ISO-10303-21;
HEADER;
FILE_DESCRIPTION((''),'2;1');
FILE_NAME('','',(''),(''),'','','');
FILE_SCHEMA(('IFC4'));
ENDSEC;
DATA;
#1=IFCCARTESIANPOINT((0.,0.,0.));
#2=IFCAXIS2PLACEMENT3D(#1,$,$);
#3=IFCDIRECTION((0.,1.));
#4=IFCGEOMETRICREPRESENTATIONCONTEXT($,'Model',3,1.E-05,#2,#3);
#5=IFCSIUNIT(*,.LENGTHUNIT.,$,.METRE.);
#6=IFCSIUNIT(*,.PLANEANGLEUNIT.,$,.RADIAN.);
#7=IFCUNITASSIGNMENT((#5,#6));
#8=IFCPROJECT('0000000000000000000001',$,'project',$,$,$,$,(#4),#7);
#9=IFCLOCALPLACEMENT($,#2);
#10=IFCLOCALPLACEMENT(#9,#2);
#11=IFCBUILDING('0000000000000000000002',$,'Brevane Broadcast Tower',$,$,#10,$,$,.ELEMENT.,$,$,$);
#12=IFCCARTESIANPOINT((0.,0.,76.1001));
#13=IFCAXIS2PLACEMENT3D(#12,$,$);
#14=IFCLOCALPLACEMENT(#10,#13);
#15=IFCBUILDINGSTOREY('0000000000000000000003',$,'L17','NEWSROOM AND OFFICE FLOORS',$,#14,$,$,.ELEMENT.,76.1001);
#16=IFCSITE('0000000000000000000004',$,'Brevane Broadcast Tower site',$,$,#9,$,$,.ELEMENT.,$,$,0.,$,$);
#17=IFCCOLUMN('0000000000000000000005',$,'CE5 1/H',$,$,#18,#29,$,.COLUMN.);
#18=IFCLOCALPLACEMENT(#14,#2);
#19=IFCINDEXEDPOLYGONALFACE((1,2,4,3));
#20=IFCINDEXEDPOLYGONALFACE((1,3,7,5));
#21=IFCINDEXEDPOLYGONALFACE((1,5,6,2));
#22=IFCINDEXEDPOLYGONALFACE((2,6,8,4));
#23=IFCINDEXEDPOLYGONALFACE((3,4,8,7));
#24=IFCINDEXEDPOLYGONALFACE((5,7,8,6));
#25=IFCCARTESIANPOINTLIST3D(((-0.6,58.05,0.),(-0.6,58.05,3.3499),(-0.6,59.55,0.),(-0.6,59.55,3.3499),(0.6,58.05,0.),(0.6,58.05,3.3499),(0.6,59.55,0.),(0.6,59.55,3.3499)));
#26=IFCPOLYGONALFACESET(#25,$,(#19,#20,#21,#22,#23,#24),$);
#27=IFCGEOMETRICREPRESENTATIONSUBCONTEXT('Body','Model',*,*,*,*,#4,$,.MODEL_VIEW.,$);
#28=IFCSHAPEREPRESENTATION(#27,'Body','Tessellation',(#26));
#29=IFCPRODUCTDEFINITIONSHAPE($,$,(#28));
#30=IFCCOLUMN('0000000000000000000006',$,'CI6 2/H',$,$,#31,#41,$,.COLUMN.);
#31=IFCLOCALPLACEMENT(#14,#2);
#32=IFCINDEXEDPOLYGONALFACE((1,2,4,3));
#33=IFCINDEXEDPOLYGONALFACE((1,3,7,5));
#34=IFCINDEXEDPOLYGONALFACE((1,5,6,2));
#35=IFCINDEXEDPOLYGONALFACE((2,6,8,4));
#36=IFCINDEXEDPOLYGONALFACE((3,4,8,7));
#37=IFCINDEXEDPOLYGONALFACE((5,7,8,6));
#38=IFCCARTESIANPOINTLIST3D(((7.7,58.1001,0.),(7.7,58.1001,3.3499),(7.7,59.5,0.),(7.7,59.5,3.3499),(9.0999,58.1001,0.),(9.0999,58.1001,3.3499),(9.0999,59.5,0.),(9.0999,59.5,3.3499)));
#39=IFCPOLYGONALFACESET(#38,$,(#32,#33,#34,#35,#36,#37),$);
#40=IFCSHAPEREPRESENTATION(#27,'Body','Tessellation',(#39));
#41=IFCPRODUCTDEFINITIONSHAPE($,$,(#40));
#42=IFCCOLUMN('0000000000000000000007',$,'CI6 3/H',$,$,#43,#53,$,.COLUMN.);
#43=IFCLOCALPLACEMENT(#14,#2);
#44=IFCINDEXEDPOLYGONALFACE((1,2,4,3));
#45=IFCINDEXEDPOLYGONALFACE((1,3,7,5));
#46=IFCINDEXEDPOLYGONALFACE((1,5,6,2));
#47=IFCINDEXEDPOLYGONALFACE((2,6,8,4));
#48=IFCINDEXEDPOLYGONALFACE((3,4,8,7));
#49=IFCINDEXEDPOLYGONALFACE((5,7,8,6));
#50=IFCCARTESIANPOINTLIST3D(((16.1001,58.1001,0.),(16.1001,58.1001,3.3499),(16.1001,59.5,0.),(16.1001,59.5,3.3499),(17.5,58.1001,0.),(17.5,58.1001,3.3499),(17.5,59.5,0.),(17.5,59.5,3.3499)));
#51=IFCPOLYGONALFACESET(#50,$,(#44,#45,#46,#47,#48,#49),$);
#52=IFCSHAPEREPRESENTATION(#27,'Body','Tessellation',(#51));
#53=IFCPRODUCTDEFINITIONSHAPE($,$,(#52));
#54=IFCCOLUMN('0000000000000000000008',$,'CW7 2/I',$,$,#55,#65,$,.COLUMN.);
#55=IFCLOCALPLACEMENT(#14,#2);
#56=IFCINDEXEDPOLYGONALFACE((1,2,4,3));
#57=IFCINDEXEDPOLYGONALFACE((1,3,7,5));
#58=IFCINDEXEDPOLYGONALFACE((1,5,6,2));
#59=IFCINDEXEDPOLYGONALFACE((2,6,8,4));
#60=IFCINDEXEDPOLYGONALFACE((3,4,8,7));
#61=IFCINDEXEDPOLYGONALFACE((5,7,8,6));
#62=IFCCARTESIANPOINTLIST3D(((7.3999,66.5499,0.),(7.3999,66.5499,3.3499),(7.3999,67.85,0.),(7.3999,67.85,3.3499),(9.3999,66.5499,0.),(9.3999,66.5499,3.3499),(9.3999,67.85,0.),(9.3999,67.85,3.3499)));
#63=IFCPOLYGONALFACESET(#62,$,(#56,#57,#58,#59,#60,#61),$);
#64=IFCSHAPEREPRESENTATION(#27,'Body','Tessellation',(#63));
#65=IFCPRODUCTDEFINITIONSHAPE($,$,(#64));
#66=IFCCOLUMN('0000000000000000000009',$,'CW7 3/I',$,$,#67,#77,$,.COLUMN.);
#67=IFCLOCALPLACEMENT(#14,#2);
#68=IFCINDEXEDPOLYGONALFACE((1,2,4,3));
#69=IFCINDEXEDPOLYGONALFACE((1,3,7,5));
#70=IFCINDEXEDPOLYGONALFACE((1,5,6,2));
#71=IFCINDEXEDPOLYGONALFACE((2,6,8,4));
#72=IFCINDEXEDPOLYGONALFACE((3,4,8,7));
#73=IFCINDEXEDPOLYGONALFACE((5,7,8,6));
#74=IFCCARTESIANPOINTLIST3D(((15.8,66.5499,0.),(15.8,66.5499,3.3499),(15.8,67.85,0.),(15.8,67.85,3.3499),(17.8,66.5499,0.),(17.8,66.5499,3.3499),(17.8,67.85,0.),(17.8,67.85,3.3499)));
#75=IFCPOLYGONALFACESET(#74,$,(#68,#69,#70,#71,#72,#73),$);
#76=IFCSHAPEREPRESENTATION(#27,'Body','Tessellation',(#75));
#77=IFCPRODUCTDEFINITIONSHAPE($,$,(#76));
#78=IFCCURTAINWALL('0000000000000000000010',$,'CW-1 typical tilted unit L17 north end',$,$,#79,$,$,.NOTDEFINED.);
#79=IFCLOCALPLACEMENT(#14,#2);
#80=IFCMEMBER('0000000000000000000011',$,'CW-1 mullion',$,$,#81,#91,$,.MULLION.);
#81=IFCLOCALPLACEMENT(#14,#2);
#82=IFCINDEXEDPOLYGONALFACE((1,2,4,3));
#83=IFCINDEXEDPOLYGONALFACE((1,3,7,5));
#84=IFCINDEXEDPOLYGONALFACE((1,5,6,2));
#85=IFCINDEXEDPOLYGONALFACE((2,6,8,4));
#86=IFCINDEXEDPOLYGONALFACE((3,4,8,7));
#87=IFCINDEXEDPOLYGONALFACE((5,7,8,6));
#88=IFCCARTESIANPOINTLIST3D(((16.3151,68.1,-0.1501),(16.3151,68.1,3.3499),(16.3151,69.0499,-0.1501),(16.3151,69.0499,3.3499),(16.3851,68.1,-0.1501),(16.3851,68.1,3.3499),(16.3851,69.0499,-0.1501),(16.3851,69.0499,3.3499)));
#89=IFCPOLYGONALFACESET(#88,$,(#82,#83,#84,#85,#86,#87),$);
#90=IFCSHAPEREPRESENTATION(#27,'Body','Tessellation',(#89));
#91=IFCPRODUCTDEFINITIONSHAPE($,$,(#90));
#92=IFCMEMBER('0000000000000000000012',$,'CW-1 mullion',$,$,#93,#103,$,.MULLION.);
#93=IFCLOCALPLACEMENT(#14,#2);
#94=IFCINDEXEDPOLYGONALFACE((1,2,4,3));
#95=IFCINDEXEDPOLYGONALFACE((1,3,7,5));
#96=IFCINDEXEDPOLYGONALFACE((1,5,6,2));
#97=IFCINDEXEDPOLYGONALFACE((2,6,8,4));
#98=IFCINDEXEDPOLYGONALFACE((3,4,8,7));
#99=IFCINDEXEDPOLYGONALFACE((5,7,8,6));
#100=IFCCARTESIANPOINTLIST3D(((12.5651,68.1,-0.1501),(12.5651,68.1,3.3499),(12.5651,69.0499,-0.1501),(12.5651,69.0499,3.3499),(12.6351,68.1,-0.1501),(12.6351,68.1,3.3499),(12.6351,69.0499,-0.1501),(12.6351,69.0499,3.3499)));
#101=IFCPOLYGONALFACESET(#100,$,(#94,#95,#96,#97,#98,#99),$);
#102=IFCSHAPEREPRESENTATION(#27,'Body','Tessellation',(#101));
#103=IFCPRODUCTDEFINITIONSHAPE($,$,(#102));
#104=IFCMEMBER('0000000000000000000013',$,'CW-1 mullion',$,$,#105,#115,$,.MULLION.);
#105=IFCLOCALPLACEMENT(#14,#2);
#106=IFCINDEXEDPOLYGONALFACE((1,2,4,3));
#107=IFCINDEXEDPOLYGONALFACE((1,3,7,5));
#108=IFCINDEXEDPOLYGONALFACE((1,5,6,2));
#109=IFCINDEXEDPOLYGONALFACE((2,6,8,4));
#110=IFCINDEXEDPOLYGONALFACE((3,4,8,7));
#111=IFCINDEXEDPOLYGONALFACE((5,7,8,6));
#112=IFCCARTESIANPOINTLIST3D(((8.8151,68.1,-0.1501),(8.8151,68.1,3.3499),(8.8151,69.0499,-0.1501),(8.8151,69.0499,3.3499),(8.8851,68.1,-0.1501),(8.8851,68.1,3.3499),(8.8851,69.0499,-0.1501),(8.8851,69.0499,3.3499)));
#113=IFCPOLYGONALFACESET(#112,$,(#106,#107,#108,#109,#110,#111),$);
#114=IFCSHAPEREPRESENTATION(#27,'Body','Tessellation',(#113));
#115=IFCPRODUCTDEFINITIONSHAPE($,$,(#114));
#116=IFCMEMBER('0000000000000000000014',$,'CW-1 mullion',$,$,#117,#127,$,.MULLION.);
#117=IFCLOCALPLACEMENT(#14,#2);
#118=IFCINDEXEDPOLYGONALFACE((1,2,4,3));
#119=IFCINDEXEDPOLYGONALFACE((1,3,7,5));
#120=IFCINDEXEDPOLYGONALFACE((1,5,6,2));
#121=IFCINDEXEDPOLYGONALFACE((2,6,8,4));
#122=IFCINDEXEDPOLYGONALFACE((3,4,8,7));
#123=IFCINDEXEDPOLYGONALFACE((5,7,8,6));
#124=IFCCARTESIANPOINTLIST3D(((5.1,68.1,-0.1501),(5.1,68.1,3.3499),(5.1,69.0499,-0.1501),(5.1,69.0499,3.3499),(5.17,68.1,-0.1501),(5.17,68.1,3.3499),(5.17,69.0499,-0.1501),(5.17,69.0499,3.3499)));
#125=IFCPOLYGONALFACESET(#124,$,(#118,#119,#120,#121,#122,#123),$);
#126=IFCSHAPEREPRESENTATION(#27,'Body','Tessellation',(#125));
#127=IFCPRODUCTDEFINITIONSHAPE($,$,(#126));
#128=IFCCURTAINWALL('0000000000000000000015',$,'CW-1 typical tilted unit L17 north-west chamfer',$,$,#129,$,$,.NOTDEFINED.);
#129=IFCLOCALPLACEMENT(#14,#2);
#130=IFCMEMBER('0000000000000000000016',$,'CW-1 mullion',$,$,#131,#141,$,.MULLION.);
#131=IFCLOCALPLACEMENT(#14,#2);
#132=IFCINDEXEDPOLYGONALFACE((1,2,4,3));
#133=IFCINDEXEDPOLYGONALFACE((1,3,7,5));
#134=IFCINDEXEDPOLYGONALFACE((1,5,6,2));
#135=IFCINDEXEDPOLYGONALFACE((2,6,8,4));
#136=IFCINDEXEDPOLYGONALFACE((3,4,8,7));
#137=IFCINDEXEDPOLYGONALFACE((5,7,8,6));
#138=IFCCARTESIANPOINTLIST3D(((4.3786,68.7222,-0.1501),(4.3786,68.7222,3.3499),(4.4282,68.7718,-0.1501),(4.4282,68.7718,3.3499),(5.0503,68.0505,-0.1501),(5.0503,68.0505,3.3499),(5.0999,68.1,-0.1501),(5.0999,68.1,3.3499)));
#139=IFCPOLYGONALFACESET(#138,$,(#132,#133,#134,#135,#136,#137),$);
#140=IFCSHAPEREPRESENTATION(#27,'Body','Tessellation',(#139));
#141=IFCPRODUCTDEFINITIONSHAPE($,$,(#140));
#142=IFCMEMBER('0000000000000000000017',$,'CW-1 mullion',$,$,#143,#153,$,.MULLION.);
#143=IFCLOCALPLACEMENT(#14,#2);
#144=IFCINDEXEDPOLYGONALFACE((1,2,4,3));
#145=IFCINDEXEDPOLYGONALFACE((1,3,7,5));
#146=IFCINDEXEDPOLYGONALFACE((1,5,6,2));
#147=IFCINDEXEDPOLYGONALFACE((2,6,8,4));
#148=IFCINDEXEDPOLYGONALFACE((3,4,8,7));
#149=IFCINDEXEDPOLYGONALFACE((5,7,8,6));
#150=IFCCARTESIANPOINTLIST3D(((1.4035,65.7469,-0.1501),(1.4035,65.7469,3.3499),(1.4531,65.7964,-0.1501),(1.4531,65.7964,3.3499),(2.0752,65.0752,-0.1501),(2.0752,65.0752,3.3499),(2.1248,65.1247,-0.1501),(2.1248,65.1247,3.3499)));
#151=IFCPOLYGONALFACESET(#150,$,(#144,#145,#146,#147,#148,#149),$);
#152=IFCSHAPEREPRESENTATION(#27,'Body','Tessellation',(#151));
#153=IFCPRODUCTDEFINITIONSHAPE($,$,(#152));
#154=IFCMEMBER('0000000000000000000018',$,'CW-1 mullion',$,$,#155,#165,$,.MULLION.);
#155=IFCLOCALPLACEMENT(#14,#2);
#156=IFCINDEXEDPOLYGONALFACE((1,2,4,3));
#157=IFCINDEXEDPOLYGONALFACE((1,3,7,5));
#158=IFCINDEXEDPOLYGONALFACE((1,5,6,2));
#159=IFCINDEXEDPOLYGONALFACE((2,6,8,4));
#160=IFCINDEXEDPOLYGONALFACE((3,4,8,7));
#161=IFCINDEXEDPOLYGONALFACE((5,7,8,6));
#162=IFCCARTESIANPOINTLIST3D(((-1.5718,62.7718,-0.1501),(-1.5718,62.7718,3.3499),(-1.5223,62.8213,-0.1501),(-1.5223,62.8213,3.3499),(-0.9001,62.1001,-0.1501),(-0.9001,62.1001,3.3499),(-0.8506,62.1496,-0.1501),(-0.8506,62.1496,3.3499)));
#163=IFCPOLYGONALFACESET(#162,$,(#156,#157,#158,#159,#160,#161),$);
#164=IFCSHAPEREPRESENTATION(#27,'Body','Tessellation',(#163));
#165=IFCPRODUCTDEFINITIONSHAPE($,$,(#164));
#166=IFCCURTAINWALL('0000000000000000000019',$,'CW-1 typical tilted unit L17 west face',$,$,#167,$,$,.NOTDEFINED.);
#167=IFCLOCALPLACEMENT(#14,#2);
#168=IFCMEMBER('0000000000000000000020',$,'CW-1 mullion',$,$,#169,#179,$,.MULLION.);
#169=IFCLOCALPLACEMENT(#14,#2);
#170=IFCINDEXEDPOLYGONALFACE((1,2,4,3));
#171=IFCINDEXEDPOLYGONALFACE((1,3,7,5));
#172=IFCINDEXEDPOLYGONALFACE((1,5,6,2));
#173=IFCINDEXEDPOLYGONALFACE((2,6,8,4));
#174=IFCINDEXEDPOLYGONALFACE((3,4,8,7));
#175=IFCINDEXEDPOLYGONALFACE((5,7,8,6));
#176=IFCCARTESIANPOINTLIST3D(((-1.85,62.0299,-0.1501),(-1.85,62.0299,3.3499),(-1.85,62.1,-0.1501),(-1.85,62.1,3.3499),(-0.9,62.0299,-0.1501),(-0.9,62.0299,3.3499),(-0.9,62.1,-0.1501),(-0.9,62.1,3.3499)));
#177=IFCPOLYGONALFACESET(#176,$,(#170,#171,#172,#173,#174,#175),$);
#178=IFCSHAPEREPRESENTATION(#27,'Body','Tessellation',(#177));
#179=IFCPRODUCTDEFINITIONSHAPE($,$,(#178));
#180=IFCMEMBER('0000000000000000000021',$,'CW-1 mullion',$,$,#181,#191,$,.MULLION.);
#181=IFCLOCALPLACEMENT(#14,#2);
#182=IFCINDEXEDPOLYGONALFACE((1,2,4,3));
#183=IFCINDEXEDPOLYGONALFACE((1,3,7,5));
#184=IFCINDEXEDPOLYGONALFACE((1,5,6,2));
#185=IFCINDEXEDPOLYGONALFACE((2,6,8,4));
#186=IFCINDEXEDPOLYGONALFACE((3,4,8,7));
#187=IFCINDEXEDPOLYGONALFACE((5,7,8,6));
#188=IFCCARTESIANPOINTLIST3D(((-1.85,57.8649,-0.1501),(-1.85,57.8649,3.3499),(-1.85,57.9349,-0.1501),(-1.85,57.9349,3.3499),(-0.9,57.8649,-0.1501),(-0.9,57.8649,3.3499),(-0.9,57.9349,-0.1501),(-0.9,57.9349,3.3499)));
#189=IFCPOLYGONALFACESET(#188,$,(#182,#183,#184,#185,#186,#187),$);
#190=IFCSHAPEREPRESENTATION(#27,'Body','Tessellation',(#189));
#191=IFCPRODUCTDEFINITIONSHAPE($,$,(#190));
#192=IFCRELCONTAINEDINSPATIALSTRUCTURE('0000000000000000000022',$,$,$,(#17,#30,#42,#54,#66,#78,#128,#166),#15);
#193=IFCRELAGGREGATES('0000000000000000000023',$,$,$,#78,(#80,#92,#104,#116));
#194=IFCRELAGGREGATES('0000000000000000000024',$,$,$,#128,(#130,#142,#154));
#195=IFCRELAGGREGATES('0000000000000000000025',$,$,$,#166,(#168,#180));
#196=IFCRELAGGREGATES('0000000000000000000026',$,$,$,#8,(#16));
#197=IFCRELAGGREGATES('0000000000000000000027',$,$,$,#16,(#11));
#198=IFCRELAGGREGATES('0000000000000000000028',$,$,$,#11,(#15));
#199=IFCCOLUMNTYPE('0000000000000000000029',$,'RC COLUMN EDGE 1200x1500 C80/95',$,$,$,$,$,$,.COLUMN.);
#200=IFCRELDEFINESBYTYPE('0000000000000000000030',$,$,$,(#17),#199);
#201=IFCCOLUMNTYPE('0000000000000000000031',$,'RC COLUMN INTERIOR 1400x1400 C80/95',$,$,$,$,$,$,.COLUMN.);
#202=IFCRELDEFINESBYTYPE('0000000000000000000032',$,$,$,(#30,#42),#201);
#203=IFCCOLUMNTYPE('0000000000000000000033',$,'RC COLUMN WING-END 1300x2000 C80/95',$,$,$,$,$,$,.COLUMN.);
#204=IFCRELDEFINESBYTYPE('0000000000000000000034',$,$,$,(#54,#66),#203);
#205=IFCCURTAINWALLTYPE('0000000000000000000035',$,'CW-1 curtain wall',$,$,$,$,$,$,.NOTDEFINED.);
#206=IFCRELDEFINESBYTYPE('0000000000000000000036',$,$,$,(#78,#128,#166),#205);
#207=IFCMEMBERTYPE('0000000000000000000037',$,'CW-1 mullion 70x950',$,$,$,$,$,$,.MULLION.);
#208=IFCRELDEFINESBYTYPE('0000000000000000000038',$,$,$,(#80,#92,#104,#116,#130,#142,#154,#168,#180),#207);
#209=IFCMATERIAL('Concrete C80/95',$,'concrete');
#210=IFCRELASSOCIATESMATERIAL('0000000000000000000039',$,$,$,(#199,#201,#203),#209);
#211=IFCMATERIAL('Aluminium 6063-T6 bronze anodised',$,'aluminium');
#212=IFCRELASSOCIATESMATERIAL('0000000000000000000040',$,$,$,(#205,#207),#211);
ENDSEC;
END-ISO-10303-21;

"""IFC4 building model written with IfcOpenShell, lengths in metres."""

from ifc_helpers import new_model, si_unit, direction, frame, origin, origin_2d, place, context, subcontext, project, spatial, rectangle, extrude, material, material_profile, profile_set, type_object, element, aggregate, save


model = new_model("IFC4")

# Units and contexts
model_context = context("Model", 3, precision=1e-05, world=origin(), true_north=direction((0.0, 1.0)))
body_context = subcontext(model_context, "Body", "Model", "MODEL_VIEW")
ifc_project = project(units=[si_unit("LENGTHUNIT", "METRE"), si_unit("PLANEANGLEUNIT", "RADIAN")], contexts=[model_context])

# Site, building, storey
site_placement = place(None, origin())
site = spatial("IfcSite", under=ifc_project, at=site_placement, Name="Brevane Broadcast Tower site", CompositionType="ELEMENT", RefElevation=0.0)
building_placement = place(site_placement, origin())
building = spatial("IfcBuilding", under=site, at=building_placement, Name="Brevane Broadcast Tower", CompositionType="ELEMENT")
storey_placement = place(building_placement, frame((0.0, 0.0, 76.1001)))
storey = spatial("IfcBuildingStorey", under=building, at=storey_placement, Name="L17", Description="NEWSROOM AND OFFICE FLOORS", CompositionType="ELEMENT", Elevation=76.1001)

# Columns
ifc_material_1 = material(Name="Concrete C80/95", Category="concrete")
ifc_material_profile_1 = material_profile(ifc_material_1, rectangle(XDim=1.2, YDim=1.5, at=origin_2d()), Name="RC 1200x1500")
ifc_profile_set_1 = profile_set([ifc_material_profile_1], Name="Concrete C80/95")
column_type_1 = type_object("IfcColumnType", Name="RC COLUMN EDGE 1200x1500 C80/95", PredefinedType="COLUMN", material=ifc_profile_set_1)
column_placement = place(storey_placement, frame((0.0, 58.8, 0.0), z_axis=(0.0, 0.0, 1.0), x_axis=(1.0, 0.0, 0.0)))
element("IfcColumn", 1, at=column_placement, inside=storey, type_object=column_type_1, Name="CE5 1/H", PredefinedType="COLUMN", context=body_context, shape_type="SweptSolid", body=[
    extrude(rectangle(XDim=1.2, YDim=1.5, at=origin_2d()), origin(), (0.0, 0.0, 1.0), 3.3499),
])
ifc_material_profile_2 = material_profile(ifc_material_1, rectangle(XDim=1.3999, YDim=1.3999, at=origin_2d()), Name="RC 1400x1400")
ifc_profile_set_2 = profile_set([ifc_material_profile_2], Name="Concrete C80/95")
column_type_2 = type_object("IfcColumnType", Name="RC COLUMN INTERIOR 1400x1400 C80/95", PredefinedType="COLUMN", material=ifc_profile_set_2)
for number, where, z_axis, x_axis, name in (
    (2, (8.3999, 58.8, 0.0), (0.0, 0.0, 1.0), (1.0, 0.0, 0.0), "CI6 2/H"),
    (3, (16.8, 58.8, 0.0), (0.0, 0.0, 1.0), (1.0, 0.0, 0.0), "CI6 3/H"),
):
    element("IfcColumn", number, at=place(storey_placement, frame(where, z_axis=z_axis, x_axis=x_axis)), inside=storey, type_object=column_type_2, Name=name, PredefinedType="COLUMN", context=body_context, shape_type="SweptSolid", body=[
        extrude(rectangle(XDim=1.3999, YDim=1.3999, at=origin_2d()), origin(), (0.0, 0.0, 1.0), 3.3499),
    ])
ifc_material_profile_3 = material_profile(ifc_material_1, rectangle(XDim=1.3, YDim=2.0, at=origin_2d()), Name="RC 1300x2000")
ifc_profile_set_3 = profile_set([ifc_material_profile_3], Name="Concrete C80/95")
column_type_3 = type_object("IfcColumnType", Name="RC COLUMN WING-END 1300x2000 C80/95", PredefinedType="COLUMN", material=ifc_profile_set_3)
for number, where, z_axis, x_axis, name in (
    (4, (8.3999, 67.2, 0.0), (0.0, 0.0, 1.0), (0.0, 1.0, 0.0), "CW7 2/I"),
    (5, (16.8, 67.2, 0.0), (0.0, 0.0, 1.0), (0.0, 1.0, 0.0), "CW7 3/I"),
):
    element("IfcColumn", number, at=place(storey_placement, frame(where, z_axis=z_axis, x_axis=x_axis)), inside=storey, type_object=column_type_3, Name=name, PredefinedType="COLUMN", context=body_context, shape_type="SweptSolid", body=[
        extrude(rectangle(XDim=1.3, YDim=2.0, at=origin_2d()), origin(), (0.0, 0.0, 1.0), 3.3499),
    ])

# Curtain walls, members
ifc_material_2 = material(Name="Aluminium 6063-T6 bronze anodised", Category="aluminium")
curtain_wall_type = type_object("IfcCurtainWallType", Name="CW-1 curtain wall", PredefinedType="NOTDEFINED", material=ifc_material_2)
curtain_wall_1_placement = place(storey_placement, origin())
curtain_wall_1 = element("IfcCurtainWall", 6, at=curtain_wall_1_placement, inside=storey, type_object=curtain_wall_type, Name="CW-1 typical tilted unit L17 north end", PredefinedType="NOTDEFINED")
ifc_material_profile_4 = material_profile(ifc_material_2, rectangle(XDim=0.95, YDim=0.0701, at=origin_2d()), Name="RECT 70x950")
ifc_profile_set_4 = profile_set([ifc_material_profile_4], Name="Aluminium 6063-T6 bronze anodised")
member_type_1 = type_object("IfcMemberType", Name="CW-1 mullion 70x950", PredefinedType="MULLION", material=ifc_profile_set_4)
member_1_placement = place(storey_placement, frame((16.3501, 68.575, -0.1501), z_axis=(0.0, 0.0, 1.0), x_axis=(0.0, -1.0, 0.0)))
member_1 = element("IfcMember", 7, at=member_1_placement, type_object=member_type_1, Name="CW-1 mullion", PredefinedType="MULLION", context=body_context, shape_type="SweptSolid", body=[
    extrude(rectangle(XDim=0.95, YDim=0.0701, at=origin_2d()), origin(), (0.0, 0.0, 1.0), 3.5),
])
member_2_placement = place(storey_placement, frame((12.6001, 68.575, -0.1501), z_axis=(0.0, 0.0, 1.0), x_axis=(0.0, -1.0, 0.0)))
member_2 = element("IfcMember", 8, at=member_2_placement, type_object=member_type_1, Name="CW-1 mullion", PredefinedType="MULLION", context=body_context, shape_type="SweptSolid", body=[
    extrude(rectangle(XDim=0.95, YDim=0.0701, at=origin_2d()), origin(), (0.0, 0.0, 1.0), 3.5),
])
member_3_placement = place(storey_placement, frame((8.8501, 68.575, -0.1501), z_axis=(0.0, 0.0, 1.0), x_axis=(0.0, -1.0, 0.0)))
member_3 = element("IfcMember", 9, at=member_3_placement, type_object=member_type_1, Name="CW-1 mullion", PredefinedType="MULLION", context=body_context, shape_type="SweptSolid", body=[
    extrude(rectangle(XDim=0.95, YDim=0.0701, at=origin_2d()), origin(), (0.0, 0.0, 1.0), 3.5),
])
member_4_placement = place(storey_placement, frame((5.135, 68.575, -0.1501), z_axis=(0.0, 0.0, 1.0), x_axis=(0.0, -1.0, 0.0)))
member_4 = element("IfcMember", 10, at=member_4_placement, type_object=member_type_1, Name="CW-1 mullion", PredefinedType="MULLION", context=body_context, shape_type="SweptSolid", body=[
    extrude(rectangle(XDim=0.95, YDim=0.0701, at=origin_2d()), origin(), (0.0, 0.0, 1.0), 3.5),
])
aggregate(curtain_wall_1, [member_1, member_2, member_3, member_4])
curtain_wall_2_placement = place(storey_placement, origin())
curtain_wall_2 = element("IfcCurtainWall", 11, at=curtain_wall_2_placement, inside=storey, type_object=curtain_wall_type, Name="CW-1 typical tilted unit L17 north-west chamfer", PredefinedType="NOTDEFINED")
member_5_placement = place(storey_placement, frame((4.7393, 68.4111, -0.1501), z_axis=(0.0, 0.0, 1.0), x_axis=(0.707107, -0.707107, 0.0)))
member_5 = element("IfcMember", 12, at=member_5_placement, type_object=member_type_1, Name="CW-1 mullion", PredefinedType="MULLION", context=body_context, shape_type="SweptSolid", body=[
    extrude(rectangle(XDim=0.95, YDim=0.0701, at=origin_2d()), origin(), (0.0, 0.0, 1.0), 3.5),
])
member_6_placement = place(storey_placement, frame((1.7642, 65.4358, -0.1501), z_axis=(0.0, 0.0, 1.0), x_axis=(0.707107, -0.707107, 0.0)))
member_6 = element("IfcMember", 13, at=member_6_placement, type_object=member_type_1, Name="CW-1 mullion", PredefinedType="MULLION", context=body_context, shape_type="SweptSolid", body=[
    extrude(rectangle(XDim=0.95, YDim=0.0701, at=origin_2d()), origin(), (0.0, 0.0, 1.0), 3.5),
])
member_7_placement = place(storey_placement, frame((-1.2112, 62.4607, -0.1501), z_axis=(0.0, 0.0, 1.0), x_axis=(0.707107, -0.707107, 0.0)))
member_7 = element("IfcMember", 14, at=member_7_placement, type_object=member_type_1, Name="CW-1 mullion", PredefinedType="MULLION", context=body_context, shape_type="SweptSolid", body=[
    extrude(rectangle(XDim=0.95, YDim=0.0701, at=origin_2d()), origin(), (0.0, 0.0, 1.0), 3.5),
])
curtain_wall_3_placement = place(storey_placement, origin())
curtain_wall_3 = element("IfcCurtainWall", 15, at=curtain_wall_3_placement, inside=storey, type_object=curtain_wall_type, Name="CW-1 typical tilted unit L17 west face", PredefinedType="NOTDEFINED")
member_8_placement = place(storey_placement, frame((-1.375, 62.0649, -0.1501), z_axis=(0.0, 0.0, 1.0), x_axis=(1.0, 0.0, 0.0)))
member_8 = element("IfcMember", 16, at=member_8_placement, type_object=member_type_1, Name="CW-1 mullion", PredefinedType="MULLION", context=body_context, shape_type="SweptSolid", body=[
    extrude(rectangle(XDim=0.95, YDim=0.0701, at=origin_2d()), origin(), (0.0, 0.0, 1.0), 3.5),
])
member_9_placement = place(storey_placement, frame((-1.375, 57.8999, -0.1501), z_axis=(0.0, 0.0, 1.0), x_axis=(1.0, 0.0, 0.0)))
member_9 = element("IfcMember", 17, at=member_9_placement, type_object=member_type_1, Name="CW-1 mullion", PredefinedType="MULLION", context=body_context, shape_type="SweptSolid", body=[
    extrude(rectangle(XDim=0.95, YDim=0.0701, at=origin_2d()), origin(), (0.0, 0.0, 1.0), 3.5),
])

aggregate(curtain_wall_2, [member_5, member_6, member_7])
aggregate(curtain_wall_3, [member_8, member_9])

save(model, "model.ifc")
